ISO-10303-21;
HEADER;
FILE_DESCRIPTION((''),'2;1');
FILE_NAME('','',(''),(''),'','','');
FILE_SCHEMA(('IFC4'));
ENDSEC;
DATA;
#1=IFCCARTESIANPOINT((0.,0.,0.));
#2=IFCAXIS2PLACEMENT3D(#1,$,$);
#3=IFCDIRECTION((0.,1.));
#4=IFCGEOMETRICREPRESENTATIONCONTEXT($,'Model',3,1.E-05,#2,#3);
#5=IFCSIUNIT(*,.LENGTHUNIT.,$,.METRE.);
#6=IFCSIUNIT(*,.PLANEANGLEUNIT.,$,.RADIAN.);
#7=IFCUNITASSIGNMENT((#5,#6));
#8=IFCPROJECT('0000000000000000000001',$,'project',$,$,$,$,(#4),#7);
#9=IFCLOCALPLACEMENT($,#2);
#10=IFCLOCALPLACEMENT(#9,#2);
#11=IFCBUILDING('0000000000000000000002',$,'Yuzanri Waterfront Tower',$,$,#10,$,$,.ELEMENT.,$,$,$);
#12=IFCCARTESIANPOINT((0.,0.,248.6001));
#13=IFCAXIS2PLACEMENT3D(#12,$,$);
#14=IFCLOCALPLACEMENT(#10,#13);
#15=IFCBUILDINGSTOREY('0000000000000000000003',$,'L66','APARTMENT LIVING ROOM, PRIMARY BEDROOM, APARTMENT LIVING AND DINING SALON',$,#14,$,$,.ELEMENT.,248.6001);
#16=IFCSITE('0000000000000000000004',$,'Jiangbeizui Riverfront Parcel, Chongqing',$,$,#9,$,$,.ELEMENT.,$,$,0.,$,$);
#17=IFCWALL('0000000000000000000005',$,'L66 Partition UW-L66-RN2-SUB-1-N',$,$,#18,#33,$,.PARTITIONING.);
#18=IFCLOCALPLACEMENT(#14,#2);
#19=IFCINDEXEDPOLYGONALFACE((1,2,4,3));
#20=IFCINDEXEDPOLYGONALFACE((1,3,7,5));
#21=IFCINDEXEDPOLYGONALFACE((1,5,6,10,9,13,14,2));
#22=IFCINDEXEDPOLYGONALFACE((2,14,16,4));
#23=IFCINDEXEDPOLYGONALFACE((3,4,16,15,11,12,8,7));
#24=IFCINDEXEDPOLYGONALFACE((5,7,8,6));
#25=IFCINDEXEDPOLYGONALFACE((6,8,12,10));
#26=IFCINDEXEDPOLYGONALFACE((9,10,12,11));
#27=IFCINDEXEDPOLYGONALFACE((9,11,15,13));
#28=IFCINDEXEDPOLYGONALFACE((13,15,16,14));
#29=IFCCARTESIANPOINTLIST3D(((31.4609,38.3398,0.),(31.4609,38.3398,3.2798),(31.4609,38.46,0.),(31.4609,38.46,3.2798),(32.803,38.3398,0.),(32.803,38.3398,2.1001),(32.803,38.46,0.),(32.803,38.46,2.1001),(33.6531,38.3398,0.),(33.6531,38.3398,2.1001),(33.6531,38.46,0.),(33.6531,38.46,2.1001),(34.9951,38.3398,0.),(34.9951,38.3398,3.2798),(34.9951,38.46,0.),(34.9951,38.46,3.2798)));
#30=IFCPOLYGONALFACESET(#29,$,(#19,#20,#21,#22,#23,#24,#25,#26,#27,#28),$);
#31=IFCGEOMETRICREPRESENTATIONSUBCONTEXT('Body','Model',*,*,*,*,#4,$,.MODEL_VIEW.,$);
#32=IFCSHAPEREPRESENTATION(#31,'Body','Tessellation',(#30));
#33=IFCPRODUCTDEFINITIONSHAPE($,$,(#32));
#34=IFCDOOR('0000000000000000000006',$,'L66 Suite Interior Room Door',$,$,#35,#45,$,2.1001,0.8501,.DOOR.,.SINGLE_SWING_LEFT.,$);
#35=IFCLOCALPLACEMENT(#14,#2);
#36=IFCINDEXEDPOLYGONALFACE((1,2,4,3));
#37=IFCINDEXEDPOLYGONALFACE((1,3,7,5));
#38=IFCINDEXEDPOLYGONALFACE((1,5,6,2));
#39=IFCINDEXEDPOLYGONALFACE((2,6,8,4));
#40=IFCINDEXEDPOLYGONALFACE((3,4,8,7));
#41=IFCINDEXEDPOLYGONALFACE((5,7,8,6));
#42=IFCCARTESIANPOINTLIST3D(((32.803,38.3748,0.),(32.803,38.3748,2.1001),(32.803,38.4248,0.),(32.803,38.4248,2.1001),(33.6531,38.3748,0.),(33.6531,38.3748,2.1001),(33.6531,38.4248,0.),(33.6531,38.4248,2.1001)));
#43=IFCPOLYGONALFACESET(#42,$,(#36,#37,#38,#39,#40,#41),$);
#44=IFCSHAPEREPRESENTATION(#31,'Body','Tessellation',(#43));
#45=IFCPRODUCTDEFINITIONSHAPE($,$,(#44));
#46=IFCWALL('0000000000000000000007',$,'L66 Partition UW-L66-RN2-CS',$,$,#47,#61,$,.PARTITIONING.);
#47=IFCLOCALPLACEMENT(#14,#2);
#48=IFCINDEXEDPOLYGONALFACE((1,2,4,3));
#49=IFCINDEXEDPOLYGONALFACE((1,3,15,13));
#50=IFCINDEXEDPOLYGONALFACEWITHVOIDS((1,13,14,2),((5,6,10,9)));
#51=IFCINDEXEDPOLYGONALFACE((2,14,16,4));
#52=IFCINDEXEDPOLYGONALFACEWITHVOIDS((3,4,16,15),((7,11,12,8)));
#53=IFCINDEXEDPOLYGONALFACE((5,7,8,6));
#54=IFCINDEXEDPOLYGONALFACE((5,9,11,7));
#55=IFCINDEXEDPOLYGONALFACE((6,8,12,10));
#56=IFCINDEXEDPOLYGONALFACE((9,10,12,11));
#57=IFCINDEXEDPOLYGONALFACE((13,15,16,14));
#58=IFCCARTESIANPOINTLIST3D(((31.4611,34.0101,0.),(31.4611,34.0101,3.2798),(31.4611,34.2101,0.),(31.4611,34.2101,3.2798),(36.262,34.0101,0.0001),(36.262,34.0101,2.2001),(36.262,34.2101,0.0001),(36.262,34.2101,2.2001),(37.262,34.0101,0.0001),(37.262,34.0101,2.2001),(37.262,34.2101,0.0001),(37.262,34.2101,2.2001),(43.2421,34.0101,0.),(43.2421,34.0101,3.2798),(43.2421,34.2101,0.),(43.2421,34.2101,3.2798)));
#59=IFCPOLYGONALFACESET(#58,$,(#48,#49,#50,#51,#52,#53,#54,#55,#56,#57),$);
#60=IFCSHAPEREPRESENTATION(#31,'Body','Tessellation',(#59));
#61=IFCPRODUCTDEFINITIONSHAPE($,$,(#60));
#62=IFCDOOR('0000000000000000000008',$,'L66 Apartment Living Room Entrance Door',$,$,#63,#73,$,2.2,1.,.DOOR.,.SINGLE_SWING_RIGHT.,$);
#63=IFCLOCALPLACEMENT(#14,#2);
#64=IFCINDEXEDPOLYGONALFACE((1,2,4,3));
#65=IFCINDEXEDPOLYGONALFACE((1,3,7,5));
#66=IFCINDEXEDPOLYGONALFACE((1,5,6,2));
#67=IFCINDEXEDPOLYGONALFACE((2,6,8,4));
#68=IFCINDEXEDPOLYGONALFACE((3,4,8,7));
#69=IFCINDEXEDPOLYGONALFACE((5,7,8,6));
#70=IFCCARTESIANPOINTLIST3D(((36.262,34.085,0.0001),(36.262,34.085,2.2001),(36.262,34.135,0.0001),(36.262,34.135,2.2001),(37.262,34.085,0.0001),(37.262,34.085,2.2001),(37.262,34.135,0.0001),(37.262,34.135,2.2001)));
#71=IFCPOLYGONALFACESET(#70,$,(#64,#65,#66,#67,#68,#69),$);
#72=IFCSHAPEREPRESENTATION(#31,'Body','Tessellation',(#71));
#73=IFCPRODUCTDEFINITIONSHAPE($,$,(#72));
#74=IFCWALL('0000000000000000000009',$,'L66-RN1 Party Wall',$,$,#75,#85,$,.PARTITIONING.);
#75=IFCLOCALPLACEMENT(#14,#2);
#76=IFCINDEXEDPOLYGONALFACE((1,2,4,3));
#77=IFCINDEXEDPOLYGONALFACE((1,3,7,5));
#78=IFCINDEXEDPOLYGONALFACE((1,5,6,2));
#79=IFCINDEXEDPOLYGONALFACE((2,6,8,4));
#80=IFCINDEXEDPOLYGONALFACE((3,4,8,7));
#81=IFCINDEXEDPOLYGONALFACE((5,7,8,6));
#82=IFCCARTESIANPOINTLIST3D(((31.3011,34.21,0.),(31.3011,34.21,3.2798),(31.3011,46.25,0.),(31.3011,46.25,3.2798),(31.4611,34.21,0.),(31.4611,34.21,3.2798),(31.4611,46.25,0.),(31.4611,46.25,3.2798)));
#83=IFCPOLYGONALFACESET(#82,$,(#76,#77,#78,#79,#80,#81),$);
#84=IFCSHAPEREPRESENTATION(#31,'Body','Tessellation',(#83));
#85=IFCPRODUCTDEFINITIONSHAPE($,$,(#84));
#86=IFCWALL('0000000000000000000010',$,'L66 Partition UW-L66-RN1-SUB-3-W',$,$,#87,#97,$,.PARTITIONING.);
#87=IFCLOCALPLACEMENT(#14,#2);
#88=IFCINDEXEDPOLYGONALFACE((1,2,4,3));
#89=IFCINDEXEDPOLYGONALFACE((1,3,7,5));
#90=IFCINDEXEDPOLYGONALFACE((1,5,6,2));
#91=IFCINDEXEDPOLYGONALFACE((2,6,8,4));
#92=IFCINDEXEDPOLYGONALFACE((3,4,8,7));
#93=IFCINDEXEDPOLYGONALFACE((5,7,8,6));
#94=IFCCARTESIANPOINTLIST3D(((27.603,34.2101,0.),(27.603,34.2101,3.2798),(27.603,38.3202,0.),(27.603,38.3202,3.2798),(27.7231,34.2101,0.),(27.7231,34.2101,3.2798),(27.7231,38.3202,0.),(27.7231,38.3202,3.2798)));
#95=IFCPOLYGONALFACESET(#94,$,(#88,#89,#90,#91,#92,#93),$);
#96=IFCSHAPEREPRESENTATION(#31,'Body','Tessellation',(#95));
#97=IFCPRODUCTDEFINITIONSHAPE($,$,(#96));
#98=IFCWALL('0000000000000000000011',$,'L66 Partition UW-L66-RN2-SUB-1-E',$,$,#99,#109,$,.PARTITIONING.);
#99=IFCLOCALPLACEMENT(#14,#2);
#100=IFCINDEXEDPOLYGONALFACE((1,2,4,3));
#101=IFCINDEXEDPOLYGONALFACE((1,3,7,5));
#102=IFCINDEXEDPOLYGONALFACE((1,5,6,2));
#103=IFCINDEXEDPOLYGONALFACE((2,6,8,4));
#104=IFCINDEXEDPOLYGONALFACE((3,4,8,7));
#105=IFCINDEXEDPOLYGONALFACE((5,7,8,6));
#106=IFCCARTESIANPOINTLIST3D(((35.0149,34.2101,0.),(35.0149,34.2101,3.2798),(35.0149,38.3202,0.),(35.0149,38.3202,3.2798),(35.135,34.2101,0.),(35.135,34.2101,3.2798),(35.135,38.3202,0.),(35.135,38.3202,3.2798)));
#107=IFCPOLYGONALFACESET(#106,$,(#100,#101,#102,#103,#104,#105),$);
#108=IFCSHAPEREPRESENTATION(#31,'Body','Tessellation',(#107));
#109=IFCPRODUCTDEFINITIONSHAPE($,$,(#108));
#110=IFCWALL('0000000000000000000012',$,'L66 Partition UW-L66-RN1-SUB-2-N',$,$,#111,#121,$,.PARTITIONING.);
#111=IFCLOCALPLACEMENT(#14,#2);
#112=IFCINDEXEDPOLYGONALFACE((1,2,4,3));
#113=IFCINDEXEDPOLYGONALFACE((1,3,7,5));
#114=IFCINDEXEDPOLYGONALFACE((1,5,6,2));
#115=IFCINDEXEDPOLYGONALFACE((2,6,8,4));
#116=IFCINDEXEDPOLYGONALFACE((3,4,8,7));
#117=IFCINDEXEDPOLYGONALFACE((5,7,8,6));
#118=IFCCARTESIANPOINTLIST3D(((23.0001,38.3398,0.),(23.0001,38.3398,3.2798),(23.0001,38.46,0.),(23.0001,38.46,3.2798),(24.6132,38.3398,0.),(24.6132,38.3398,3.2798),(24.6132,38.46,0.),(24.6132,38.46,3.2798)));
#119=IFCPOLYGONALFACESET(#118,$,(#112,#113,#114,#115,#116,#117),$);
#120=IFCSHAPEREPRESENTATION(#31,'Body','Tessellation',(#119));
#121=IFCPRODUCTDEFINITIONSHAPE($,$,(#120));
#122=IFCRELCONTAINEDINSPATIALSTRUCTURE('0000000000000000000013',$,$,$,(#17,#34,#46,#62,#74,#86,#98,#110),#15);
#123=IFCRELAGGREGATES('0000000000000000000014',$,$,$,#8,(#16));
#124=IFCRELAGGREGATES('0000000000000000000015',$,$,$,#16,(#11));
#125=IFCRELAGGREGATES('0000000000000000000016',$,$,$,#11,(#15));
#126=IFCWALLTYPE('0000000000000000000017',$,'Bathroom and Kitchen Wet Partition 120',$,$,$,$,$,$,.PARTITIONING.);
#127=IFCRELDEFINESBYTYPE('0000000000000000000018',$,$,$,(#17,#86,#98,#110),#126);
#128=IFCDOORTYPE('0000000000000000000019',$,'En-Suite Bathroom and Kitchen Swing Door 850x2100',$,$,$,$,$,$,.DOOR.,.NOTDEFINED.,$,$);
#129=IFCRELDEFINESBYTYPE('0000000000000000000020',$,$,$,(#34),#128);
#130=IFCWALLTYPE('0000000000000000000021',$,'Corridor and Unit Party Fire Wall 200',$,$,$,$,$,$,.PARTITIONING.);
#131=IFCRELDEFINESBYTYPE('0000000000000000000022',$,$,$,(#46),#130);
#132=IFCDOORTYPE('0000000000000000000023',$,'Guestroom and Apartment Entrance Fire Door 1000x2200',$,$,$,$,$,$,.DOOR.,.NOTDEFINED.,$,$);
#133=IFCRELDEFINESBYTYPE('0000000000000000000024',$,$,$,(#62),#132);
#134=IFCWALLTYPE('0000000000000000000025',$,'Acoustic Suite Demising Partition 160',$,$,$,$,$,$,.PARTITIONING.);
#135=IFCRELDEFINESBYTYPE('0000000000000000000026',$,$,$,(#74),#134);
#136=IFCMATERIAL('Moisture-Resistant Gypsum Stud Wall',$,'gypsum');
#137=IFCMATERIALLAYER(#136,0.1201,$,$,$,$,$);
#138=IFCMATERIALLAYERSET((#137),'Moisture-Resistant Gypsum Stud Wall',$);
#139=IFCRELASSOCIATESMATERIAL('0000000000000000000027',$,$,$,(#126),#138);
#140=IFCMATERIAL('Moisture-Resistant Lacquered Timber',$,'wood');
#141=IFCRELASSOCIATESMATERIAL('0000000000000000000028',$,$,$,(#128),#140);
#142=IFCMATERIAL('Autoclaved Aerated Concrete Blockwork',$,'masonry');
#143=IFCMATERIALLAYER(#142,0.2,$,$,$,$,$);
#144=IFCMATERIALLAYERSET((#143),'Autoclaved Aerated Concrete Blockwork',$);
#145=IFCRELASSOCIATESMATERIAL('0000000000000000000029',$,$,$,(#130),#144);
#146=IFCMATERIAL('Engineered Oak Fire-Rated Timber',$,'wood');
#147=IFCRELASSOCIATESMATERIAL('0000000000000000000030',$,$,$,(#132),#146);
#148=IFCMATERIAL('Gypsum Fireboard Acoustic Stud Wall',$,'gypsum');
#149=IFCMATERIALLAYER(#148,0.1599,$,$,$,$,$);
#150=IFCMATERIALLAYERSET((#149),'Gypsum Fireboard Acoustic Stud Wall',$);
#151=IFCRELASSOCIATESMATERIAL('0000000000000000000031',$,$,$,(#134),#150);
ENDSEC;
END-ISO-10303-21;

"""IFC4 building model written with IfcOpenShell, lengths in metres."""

from ifc_helpers import new_model, si_unit, direction, frame, frame_2d, origin, place, context, subcontext, project, spatial, rectangle, extrude, source, transform, mapped, material, layer, layer_set, type_object, element, fill, save


model = new_model("IFC4")

# Units and contexts
model_context = context("Model", 3, precision=1e-05, world=origin(), true_north=direction((0.0, 1.0)))
body_context = subcontext(model_context, "Body", "Model", "MODEL_VIEW")
ifc_project = project(units=[si_unit("LENGTHUNIT", "METRE"), si_unit("PLANEANGLEUNIT", "RADIAN")], contexts=[model_context])

# Site, building, storey
site_placement = place(None, origin())
site = spatial("IfcSite", under=ifc_project, at=site_placement, Name="Jiangbeizui Riverfront Parcel, Chongqing", CompositionType="ELEMENT", RefElevation=0.0)
building_placement = place(site_placement, origin())
building = spatial("IfcBuilding", under=site, at=building_placement, Name="Yuzanri Waterfront Tower", CompositionType="ELEMENT")
storey_placement = place(building_placement, frame((0.0, 0.0, 248.6001)))
storey = spatial("IfcBuildingStorey", under=building, at=storey_placement, Name="L66", Description="APARTMENT LIVING ROOM, PRIMARY BEDROOM, APARTMENT LIVING AND DINING SALON", CompositionType="ELEMENT", Elevation=248.6001)

# Walls, openings, doors
ifc_material_1 = material(Name="Moisture-Resistant Gypsum Stud Wall", Category="gypsum")
ifc_layer_1 = layer(ifc_material_1, 0.1201)
ifc_layer_set_1 = layer_set([ifc_layer_1], Name="Moisture-Resistant Gypsum Stud Wall")
wall_type_1 = type_object("IfcWallType", Name="Bathroom and Kitchen Wet Partition 120", PredefinedType="PARTITIONING", material=ifc_layer_set_1)
ifc_material_2 = material(Name="Moisture-Resistant Lacquered Timber", Category="wood")
door_type_1 = type_object("IfcDoorType", Name="En-Suite Bathroom and Kitchen Swing Door 850x2100", OperationType="NOTDEFINED", PredefinedType="DOOR", material=ifc_material_2)
shared_shape_1 = source(origin(), body_context, "Body", "SweptSolid", [
    extrude(rectangle(XDim=0.8501, YDim=2.1001, at=frame_2d((0.425, 1.05))), frame((0.0, 0.0249, 0.0), z_axis=(0.0, -1.0, 0.0), x_axis=(1.0, 0.0, 0.0)), (0.0, 0.0, 1.0), 0.05),
])
wall_1_placement = place(storey_placement, frame((31.4609, 38.3999, 0.0), z_axis=(0.0, 0.0, 1.0), x_axis=(1.0, 0.0, 0.0)))
wall_1 = element("IfcWall", 1, at=wall_1_placement, inside=storey, type_object=wall_type_1, Name="L66 Partition UW-L66-RN2-SUB-1-N", PredefinedType="PARTITIONING", context=body_context, shape_type="SweptSolid", body=[
    extrude(rectangle(XDim=3.5342, YDim=0.1201, at=frame_2d((1.7671, 0.0))), origin(), (0.0, 0.0, 1.0), 3.2798),
])
opening_1_placement = place(wall_1_placement, frame((1.342, 0.0, 0.0)))
opening_1 = element("IfcOpeningElement", 2, at=opening_1_placement, cuts=wall_1, PredefinedType="OPENING", context=body_context, shape_type="SweptSolid", body=[
    extrude(rectangle(XDim=0.8501, YDim=2.1001, at=frame_2d((0.425, 1.05))), frame((0.0, 0.075, 0.0), z_axis=(0.0, -1.0, 0.0), x_axis=(1.0, 0.0, 0.0)), (0.0, 0.0, 1.0), 0.1499),
])
door_1_placement = place(opening_1_placement, origin())
door_1 = element("IfcDoor", 3, at=door_1_placement, inside=storey, type_object=door_type_1, Name="L66 Suite Interior Room Door", OperationType="SINGLE_SWING_LEFT", OverallHeight=2.1001, OverallWidth=0.8501, PredefinedType="DOOR", context=body_context, shape_type="MappedRepresentation", body=[
    mapped(shared_shape_1, transform((0.0, 0.0, 0.0), scale=1.0)),
])
fill(opening_1, door_1)
ifc_material_3 = material(Name="Autoclaved Aerated Concrete Blockwork", Category="masonry")
ifc_layer_2 = layer(ifc_material_3, 0.2)
ifc_layer_set_2 = layer_set([ifc_layer_2], Name="Autoclaved Aerated Concrete Blockwork")
wall_type_2 = type_object("IfcWallType", Name="Corridor and Unit Party Fire Wall 200", PredefinedType="PARTITIONING", material=ifc_layer_set_2)
wall_2_placement = place(storey_placement, frame((31.4609, 34.1101, 0.0), z_axis=(0.0, 0.0, 1.0), x_axis=(1.0, 0.0, 0.0)))
wall_2 = element("IfcWall", 4, at=wall_2_placement, inside=storey, type_object=wall_type_2, Name="L66 Partition UW-L66-RN2-CS", PredefinedType="PARTITIONING", context=body_context, shape_type="SweptSolid", body=[
    extrude(rectangle(XDim=11.781, YDim=0.2, at=frame_2d((5.8906, 0.0))), origin(), (0.0, 0.0, 1.0), 3.2798),
])
opening_2_placement = place(wall_2_placement, frame((4.801, 0.0, 0.0)))
opening_2 = element("IfcOpeningElement", 5, at=opening_2_placement, cuts=wall_2, PredefinedType="OPENING", context=body_context, shape_type="SweptSolid", body=[
    extrude(rectangle(XDim=1.0, YDim=2.2, at=frame_2d((0.5, 1.1001))), frame((0.0, 0.1147, 0.0), z_axis=(0.0, -1.0, 0.0), x_axis=(1.0, 0.0, 0.0)), (0.0, 0.0, 1.0), 0.2297),
])
ifc_material_4 = material(Name="Engineered Oak Fire-Rated Timber", Category="wood")
door_type_2 = type_object("IfcDoorType", Name="Guestroom and Apartment Entrance Fire Door 1000x2200", OperationType="NOTDEFINED", PredefinedType="DOOR", material=ifc_material_4)
shared_shape_2 = source(origin(), body_context, "Body", "SweptSolid", [
    extrude(rectangle(XDim=1.0, YDim=2.2, at=frame_2d((0.5, 1.1001))), frame((0.0, 0.0249, 0.0), z_axis=(0.0, -1.0, 0.0), x_axis=(1.0, 0.0, 0.0)), (0.0, 0.0, 1.0), 0.05),
])
door_2_placement = place(opening_2_placement, origin())
door_2 = element("IfcDoor", 6, at=door_2_placement, inside=storey, type_object=door_type_2, Name="L66 Apartment Living Room Entrance Door", OperationType="SINGLE_SWING_RIGHT", OverallHeight=2.2, OverallWidth=1.0, PredefinedType="DOOR", context=body_context, shape_type="MappedRepresentation", body=[
    mapped(shared_shape_2, transform((0.0, 0.0, 0.0), scale=1.0)),
])
fill(opening_2, door_2)

# Walls
ifc_material_5 = material(Name="Gypsum Fireboard Acoustic Stud Wall", Category="gypsum")
ifc_layer_3 = layer(ifc_material_5, 0.1599)
ifc_layer_set_3 = layer_set([ifc_layer_3], Name="Gypsum Fireboard Acoustic Stud Wall")
wall_type_3 = type_object("IfcWallType", Name="Acoustic Suite Demising Partition 160", PredefinedType="PARTITIONING", material=ifc_layer_set_3)
shared_shape_3 = source(origin(), body_context, "Body", "SweptSolid", [
    extrude(rectangle(XDim=12.04, YDim=0.1599, at=frame_2d((6.02, 0.0))), origin(), (0.0, 0.0, 1.0), 3.2798),
])
wall_3_placement = place(storey_placement, frame((31.3811, 34.21, 0.0), z_axis=(0.0, 0.0, 1.0), x_axis=(0.0, 1.0, 0.0)))
element("IfcWall", 7, at=wall_3_placement, inside=storey, type_object=wall_type_3, Name="L66-RN1 Party Wall", PredefinedType="PARTITIONING", context=body_context, shape_type="MappedRepresentation", body=[
    mapped(shared_shape_3, transform((0.0, 0.0, 0.0), scale=1.0)),
])
shared_shape_4 = source(origin(), body_context, "Body", "SweptSolid", [
    extrude(rectangle(XDim=4.1101, YDim=0.1201, at=frame_2d((2.0552, 0.0))), origin(), (0.0, 0.0, 1.0), 3.2798),
])
for number, where, z_axis, x_axis, name in (
    (8, (27.6631, 34.21, 0.0), (0.0, 0.0, 1.0), (0.0, 1.0, 0.0), "L66 Partition UW-L66-RN1-SUB-3-W"),
    (9, (35.075, 34.21, 0.0), (0.0, 0.0, 1.0), (0.0, 1.0, 0.0), "L66 Partition UW-L66-RN2-SUB-1-E"),
):
    element("IfcWall", number, at=place(storey_placement, frame(where, z_axis=z_axis, x_axis=x_axis)), inside=storey, type_object=wall_type_1, Name=name, PredefinedType="PARTITIONING", context=body_context, shape_type="MappedRepresentation", body=[
        mapped(shared_shape_4, transform((0.0, 0.0, 0.0), scale=1.0)),
    ])
shared_shape_5 = source(origin(), body_context, "Body", "SweptSolid", [
    extrude(rectangle(XDim=1.613, YDim=0.1201, at=frame_2d((0.8066, 0.0))), origin(), (0.0, 0.0, 1.0), 3.2798),
])
wall_4_placement = place(storey_placement, frame((23.0, 38.3999, 0.0), z_axis=(0.0, 0.0, 1.0), x_axis=(1.0, 0.0, 0.0)))
element("IfcWall", 10, at=wall_4_placement, inside=storey, type_object=wall_type_1, Name="L66 Partition UW-L66-RN1-SUB-2-N", PredefinedType="PARTITIONING", context=body_context, shape_type="MappedRepresentation", body=[
    mapped(shared_shape_5, transform((0.0, 0.0, 0.0), scale=1.0)),
])

save(model, "model.ifc")
